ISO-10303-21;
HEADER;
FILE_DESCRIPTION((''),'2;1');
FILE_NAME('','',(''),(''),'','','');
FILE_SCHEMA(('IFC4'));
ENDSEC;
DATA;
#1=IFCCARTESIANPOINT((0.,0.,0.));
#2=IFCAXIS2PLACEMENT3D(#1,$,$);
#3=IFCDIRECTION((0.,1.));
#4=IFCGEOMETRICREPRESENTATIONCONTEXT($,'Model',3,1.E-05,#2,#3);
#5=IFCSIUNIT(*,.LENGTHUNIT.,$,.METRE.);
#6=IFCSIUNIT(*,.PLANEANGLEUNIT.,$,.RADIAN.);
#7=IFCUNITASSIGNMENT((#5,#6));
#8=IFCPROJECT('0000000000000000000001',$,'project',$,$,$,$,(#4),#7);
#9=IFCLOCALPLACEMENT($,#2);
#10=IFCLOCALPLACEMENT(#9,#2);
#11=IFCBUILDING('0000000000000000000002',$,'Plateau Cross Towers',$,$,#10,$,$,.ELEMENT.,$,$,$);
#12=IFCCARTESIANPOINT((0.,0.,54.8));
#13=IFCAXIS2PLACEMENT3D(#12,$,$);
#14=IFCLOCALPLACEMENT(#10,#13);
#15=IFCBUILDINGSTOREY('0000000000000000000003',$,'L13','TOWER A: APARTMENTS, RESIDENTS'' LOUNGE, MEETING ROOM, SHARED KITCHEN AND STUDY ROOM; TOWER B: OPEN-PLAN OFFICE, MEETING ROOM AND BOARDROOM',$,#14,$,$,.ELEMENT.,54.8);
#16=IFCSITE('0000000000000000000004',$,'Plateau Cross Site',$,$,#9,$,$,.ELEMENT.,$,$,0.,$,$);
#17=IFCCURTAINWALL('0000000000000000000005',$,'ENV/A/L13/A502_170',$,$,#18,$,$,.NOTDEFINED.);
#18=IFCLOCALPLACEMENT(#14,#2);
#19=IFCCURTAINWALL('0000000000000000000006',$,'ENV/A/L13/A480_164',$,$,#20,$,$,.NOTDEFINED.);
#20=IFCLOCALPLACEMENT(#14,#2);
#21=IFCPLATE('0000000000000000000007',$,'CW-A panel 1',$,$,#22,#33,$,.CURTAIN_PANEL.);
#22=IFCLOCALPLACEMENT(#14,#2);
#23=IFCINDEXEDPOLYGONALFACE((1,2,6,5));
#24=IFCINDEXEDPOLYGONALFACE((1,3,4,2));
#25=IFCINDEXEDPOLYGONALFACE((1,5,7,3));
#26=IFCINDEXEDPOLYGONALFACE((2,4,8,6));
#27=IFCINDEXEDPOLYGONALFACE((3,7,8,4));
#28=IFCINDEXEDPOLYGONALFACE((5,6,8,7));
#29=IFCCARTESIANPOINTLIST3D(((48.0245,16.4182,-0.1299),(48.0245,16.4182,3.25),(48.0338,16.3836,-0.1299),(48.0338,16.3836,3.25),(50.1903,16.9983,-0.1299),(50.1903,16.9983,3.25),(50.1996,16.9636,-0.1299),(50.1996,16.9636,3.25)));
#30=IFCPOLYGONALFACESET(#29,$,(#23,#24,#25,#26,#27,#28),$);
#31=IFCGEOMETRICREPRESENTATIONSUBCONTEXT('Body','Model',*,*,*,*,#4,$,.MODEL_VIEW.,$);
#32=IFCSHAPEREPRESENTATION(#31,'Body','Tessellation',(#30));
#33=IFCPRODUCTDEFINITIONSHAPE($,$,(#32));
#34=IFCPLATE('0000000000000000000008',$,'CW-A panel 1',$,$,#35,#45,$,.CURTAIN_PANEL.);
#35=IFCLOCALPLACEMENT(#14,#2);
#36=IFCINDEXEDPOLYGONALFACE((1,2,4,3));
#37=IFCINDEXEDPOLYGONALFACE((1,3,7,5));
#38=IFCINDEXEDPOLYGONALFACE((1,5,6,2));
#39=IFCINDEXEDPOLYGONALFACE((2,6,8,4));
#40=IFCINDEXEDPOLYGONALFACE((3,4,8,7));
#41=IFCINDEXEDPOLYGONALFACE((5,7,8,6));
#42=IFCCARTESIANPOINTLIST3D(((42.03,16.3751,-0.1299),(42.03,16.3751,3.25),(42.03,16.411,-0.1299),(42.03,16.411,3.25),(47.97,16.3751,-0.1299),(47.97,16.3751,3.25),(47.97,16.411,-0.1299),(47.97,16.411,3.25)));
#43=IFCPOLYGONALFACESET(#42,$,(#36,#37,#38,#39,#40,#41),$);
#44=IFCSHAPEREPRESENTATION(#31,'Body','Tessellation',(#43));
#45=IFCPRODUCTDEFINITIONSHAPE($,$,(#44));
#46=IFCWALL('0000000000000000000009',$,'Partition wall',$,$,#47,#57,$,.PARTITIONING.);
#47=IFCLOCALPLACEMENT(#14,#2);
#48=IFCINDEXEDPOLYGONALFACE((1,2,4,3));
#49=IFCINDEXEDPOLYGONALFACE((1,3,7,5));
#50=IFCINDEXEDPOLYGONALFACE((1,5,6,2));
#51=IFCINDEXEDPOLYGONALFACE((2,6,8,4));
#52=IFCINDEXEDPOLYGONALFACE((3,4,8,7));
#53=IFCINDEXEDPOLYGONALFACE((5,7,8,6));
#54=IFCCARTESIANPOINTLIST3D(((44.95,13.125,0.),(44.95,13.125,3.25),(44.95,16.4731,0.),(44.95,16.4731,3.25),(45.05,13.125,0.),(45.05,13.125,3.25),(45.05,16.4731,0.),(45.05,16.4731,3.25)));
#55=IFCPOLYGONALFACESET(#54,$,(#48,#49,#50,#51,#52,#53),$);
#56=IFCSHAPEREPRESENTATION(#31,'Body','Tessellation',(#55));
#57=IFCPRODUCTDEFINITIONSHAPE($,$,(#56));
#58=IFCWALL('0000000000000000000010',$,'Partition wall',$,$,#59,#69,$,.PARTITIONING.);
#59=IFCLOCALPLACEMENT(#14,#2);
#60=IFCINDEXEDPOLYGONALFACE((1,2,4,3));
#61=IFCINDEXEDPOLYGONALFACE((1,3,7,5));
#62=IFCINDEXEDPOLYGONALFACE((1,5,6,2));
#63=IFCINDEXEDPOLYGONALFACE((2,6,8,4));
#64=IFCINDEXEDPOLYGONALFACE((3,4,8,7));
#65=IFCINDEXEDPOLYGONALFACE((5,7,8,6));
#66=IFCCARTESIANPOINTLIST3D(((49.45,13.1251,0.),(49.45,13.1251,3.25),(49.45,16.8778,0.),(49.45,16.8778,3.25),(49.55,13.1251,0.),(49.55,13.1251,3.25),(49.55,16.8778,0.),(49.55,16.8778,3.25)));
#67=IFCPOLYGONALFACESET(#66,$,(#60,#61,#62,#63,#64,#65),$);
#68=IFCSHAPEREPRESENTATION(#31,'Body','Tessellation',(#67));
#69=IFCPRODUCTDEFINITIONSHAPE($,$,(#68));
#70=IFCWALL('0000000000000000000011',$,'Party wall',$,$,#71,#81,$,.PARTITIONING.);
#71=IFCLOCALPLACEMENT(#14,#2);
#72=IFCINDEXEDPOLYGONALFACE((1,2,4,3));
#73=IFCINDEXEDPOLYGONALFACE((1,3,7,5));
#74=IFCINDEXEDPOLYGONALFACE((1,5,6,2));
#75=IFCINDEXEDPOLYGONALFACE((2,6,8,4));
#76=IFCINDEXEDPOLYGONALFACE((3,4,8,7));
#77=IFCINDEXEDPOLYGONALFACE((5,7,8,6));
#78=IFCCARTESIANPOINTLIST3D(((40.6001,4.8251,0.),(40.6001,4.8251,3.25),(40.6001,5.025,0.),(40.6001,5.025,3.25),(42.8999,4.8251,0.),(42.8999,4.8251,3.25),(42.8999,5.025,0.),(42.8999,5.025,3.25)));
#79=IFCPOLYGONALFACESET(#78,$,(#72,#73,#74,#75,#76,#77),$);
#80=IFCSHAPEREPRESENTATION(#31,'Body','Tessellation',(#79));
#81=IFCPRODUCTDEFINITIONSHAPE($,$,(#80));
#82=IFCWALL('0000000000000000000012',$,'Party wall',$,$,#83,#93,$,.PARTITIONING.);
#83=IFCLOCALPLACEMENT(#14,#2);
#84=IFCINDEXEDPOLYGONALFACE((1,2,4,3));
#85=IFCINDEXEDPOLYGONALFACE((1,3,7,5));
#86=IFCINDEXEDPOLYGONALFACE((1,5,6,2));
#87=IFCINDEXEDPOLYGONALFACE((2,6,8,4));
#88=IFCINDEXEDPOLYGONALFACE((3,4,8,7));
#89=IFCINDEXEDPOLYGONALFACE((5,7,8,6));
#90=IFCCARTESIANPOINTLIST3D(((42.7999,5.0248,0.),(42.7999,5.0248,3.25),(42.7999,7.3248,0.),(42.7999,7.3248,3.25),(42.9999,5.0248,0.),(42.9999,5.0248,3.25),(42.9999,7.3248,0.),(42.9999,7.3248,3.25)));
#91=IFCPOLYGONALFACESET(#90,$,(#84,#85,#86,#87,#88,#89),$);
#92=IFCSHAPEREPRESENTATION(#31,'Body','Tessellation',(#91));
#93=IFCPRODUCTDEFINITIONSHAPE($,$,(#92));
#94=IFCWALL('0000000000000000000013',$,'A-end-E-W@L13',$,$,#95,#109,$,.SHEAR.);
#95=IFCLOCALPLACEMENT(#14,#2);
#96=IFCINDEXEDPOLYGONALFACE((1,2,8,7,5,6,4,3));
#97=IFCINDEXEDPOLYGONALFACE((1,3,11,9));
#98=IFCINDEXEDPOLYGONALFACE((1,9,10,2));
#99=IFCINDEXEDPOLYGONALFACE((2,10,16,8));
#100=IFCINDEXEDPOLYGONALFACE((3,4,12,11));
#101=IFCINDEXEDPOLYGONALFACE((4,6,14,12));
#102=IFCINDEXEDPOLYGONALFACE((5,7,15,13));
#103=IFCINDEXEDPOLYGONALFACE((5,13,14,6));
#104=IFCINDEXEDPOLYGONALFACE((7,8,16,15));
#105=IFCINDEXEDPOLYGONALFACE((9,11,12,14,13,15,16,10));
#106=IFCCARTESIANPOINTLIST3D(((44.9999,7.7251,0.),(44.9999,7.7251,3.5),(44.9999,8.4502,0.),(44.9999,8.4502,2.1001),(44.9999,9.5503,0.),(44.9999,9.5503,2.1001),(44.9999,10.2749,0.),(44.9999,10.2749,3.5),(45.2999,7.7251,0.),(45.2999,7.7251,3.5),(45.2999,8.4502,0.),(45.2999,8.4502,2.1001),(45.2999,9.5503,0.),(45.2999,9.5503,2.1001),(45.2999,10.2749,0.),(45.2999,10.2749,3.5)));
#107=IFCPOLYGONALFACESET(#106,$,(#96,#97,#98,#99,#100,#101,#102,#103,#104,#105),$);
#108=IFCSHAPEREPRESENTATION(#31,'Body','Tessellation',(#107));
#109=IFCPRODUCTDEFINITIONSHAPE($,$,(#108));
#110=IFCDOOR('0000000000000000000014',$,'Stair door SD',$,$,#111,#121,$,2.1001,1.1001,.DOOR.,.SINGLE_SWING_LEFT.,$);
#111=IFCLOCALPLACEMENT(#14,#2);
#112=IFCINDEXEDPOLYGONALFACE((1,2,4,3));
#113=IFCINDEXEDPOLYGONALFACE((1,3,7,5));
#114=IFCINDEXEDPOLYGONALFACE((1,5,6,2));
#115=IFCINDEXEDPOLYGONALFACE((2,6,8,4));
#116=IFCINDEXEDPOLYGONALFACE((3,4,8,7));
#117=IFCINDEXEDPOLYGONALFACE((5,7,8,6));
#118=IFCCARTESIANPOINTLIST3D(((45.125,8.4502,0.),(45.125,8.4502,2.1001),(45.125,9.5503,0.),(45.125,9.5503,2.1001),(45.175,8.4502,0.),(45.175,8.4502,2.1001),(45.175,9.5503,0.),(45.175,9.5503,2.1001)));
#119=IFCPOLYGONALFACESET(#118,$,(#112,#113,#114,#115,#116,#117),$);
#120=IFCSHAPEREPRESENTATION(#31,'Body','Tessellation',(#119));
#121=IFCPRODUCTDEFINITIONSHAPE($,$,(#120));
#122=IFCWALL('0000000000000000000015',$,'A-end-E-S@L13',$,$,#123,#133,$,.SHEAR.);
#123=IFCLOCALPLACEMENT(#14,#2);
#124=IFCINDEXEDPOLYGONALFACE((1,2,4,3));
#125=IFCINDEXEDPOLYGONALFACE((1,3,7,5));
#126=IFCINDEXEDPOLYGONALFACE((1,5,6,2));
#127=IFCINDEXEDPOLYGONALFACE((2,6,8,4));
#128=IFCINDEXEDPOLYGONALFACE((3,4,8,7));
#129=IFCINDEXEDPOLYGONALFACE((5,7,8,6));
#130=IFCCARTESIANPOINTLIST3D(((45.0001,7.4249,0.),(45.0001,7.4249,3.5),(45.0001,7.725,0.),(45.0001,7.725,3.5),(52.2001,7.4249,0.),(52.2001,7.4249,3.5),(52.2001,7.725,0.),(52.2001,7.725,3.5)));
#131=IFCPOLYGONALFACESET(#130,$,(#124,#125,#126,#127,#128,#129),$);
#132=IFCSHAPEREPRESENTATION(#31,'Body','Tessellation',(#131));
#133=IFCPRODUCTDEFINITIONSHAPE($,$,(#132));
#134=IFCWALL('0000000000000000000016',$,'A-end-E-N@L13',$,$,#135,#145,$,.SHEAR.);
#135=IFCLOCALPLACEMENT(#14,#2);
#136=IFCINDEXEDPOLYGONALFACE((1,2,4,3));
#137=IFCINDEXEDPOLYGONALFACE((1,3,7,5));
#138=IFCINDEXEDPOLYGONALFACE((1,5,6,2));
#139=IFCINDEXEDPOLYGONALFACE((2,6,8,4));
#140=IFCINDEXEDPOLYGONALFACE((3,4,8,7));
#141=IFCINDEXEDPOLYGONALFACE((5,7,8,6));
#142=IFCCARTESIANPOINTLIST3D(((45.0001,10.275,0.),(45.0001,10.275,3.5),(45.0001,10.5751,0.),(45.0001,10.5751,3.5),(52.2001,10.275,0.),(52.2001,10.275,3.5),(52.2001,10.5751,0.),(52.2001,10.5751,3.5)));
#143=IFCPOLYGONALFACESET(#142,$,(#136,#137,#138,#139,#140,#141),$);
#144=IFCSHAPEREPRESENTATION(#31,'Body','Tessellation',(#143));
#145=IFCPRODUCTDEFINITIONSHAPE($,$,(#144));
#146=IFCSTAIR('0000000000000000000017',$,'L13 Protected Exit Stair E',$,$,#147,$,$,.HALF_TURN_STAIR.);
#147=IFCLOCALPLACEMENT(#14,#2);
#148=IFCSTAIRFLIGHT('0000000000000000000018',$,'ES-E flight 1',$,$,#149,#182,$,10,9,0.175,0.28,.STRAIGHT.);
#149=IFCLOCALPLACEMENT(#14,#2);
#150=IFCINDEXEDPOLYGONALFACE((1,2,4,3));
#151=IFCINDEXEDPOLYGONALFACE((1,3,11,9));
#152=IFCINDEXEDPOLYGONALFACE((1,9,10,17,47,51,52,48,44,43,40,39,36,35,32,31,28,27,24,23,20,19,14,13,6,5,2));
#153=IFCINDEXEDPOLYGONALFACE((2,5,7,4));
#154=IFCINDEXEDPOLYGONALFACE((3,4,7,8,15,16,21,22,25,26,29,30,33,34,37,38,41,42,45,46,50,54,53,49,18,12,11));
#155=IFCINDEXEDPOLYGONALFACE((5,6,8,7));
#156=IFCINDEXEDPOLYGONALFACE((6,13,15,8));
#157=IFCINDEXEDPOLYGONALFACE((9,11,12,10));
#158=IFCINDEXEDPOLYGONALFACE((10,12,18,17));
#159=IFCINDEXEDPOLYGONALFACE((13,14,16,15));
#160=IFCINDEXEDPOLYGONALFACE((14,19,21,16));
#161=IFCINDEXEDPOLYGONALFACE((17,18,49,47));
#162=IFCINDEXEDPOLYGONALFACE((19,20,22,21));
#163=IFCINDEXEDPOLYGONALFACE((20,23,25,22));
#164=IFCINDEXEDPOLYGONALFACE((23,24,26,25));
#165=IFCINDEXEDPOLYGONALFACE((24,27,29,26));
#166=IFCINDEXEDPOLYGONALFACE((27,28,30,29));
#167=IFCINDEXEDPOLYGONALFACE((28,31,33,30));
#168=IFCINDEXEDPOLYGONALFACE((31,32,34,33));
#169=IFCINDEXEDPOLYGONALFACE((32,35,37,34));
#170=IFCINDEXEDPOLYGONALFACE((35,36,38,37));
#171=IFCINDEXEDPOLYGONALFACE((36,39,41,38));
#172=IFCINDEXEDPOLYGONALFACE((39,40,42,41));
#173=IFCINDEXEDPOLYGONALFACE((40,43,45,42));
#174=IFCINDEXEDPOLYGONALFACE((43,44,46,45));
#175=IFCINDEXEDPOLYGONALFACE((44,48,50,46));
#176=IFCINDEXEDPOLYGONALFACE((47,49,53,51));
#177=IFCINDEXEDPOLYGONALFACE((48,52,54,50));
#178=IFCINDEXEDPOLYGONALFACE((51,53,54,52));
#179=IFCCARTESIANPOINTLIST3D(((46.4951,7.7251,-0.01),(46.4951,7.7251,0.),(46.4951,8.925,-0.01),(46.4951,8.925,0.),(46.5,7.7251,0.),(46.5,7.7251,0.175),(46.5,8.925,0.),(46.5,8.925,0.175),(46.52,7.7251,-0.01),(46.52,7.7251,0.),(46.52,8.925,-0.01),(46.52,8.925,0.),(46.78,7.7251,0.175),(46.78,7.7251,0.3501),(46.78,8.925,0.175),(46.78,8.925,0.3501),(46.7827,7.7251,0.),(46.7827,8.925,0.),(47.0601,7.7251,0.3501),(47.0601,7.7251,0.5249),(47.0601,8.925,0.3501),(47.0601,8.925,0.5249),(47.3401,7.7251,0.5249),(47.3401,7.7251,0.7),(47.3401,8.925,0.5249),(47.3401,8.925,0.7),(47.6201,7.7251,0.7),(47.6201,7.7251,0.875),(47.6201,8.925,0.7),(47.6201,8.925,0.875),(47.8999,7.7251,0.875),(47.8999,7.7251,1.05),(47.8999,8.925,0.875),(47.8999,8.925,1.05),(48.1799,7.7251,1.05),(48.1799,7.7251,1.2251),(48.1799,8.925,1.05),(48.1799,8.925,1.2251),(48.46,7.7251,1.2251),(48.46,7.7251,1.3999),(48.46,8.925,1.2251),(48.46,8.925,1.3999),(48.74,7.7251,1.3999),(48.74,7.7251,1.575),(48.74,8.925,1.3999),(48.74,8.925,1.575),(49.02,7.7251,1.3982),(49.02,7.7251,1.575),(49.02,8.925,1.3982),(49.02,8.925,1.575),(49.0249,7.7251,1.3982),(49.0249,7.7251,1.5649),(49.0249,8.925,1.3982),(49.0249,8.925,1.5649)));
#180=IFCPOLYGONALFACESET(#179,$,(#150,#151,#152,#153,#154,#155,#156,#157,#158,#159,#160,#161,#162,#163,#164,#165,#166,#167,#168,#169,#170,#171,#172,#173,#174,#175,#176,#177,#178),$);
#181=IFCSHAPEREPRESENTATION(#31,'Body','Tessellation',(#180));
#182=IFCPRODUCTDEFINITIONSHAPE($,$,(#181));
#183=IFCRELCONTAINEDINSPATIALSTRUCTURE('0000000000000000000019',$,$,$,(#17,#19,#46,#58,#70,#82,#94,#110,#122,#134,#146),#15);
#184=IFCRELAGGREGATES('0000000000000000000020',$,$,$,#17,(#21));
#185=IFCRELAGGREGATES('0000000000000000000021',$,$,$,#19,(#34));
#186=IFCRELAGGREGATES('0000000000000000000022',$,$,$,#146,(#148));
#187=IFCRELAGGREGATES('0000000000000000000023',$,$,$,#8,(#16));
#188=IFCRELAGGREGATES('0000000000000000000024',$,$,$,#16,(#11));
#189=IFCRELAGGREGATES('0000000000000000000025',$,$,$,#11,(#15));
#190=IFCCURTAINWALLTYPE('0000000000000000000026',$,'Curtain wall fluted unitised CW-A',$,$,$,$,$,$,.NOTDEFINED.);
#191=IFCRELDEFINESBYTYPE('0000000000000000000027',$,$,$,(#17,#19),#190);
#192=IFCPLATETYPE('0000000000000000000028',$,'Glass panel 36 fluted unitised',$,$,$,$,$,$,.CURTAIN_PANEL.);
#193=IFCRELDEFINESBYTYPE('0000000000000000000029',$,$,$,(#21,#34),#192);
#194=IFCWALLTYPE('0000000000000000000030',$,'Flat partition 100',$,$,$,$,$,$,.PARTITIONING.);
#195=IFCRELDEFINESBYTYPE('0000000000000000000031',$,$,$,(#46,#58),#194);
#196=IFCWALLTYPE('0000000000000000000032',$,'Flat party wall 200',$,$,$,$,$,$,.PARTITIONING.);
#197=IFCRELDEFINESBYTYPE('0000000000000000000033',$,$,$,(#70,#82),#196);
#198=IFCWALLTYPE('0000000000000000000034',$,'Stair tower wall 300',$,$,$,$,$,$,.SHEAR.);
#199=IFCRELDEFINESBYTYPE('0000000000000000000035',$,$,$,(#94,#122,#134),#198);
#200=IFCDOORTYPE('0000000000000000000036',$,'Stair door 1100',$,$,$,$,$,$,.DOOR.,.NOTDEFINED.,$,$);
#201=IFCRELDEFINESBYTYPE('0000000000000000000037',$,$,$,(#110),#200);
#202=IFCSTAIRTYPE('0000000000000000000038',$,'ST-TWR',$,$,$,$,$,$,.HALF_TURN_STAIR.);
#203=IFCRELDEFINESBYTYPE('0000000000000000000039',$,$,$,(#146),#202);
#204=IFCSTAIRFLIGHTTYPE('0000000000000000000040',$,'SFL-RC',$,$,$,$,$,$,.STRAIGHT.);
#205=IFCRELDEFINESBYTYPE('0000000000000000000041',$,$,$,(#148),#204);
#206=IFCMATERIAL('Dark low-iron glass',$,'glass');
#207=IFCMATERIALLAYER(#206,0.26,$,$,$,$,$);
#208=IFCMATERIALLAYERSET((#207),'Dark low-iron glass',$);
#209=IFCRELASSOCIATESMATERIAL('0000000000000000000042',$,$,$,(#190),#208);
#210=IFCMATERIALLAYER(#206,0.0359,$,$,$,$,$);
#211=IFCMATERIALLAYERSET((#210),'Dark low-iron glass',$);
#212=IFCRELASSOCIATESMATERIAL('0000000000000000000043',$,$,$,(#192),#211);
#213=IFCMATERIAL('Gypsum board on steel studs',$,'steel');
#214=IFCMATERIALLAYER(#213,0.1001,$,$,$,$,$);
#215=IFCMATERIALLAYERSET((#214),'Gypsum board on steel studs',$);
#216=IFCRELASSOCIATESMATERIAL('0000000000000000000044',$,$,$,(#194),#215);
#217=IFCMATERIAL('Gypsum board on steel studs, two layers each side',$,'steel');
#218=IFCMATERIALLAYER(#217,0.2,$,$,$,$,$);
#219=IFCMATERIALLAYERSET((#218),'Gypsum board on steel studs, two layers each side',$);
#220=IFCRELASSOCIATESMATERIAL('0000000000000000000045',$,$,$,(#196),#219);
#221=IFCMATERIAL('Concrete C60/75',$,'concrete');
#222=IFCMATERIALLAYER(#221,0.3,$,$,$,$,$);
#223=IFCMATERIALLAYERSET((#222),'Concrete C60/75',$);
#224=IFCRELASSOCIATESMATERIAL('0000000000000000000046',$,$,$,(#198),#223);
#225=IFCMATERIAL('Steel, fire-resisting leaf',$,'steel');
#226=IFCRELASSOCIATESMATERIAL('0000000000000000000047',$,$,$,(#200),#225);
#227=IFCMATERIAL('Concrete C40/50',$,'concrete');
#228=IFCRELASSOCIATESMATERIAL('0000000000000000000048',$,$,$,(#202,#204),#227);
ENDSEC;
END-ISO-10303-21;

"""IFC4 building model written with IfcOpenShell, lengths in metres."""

from ifc_helpers import new_model, si_unit, direction, frame, frame_2d, origin, origin_2d, place, context, subcontext, project, spatial, polyline, rectangle, outline, extrude, material, layer, layer_set, type_object, element, fill, aggregate, save


model = new_model("IFC4")

# Units and contexts
model_context = context("Model", 3, precision=1e-05, world=origin(), true_north=direction((0.0, 1.0)))
body_context = subcontext(model_context, "Body", "Model", "MODEL_VIEW")
ifc_project = project(units=[si_unit("LENGTHUNIT", "METRE"), si_unit("PLANEANGLEUNIT", "RADIAN")], contexts=[model_context])

# Site, building, storey
site_placement = place(None, origin())
site = spatial("IfcSite", under=ifc_project, at=site_placement, Name="Plateau Cross Site", CompositionType="ELEMENT", RefElevation=0.0)
building_placement = place(site_placement, origin())
building = spatial("IfcBuilding", under=site, at=building_placement, Name="Plateau Cross Towers", CompositionType="ELEMENT")
storey_placement = place(building_placement, frame((0.0, 0.0, 54.8)))
storey = spatial("IfcBuildingStorey", under=building, at=storey_placement, Name="L13", Description="TOWER A: APARTMENTS, RESIDENTS' LOUNGE, MEETING ROOM, SHARED KITCHEN AND STUDY ROOM; TOWER B: OPEN-PLAN OFFICE, MEETING ROOM AND BOARDROOM", CompositionType="ELEMENT", Elevation=54.8)

# Curtain walls
ifc_material_1 = material(Name="Dark low-iron glass", Category="glass")
ifc_layer_1 = layer(ifc_material_1, 0.26)
ifc_layer_set_1 = layer_set([ifc_layer_1], Name="Dark low-iron glass")
curtain_wall_type_1 = type_object("IfcCurtainWallType", Name="Curtain wall fluted unitised CW-A", PredefinedType="NOTDEFINED", material=ifc_layer_set_1)
curtain_wall_1_placement = place(storey_placement, origin())
curtain_wall_1 = element("IfcCurtainWall", 1, at=curtain_wall_1_placement, inside=storey, type_object=curtain_wall_type_1, Name="ENV/A/L13/A502_170", PredefinedType="NOTDEFINED")
curtain_wall_2_placement = place(storey_placement, origin())
curtain_wall_2 = element("IfcCurtainWall", 2, at=curtain_wall_2_placement, inside=storey, type_object=curtain_wall_type_1, Name="ENV/A/L13/A480_164", PredefinedType="NOTDEFINED")

# Plates
ifc_layer_2 = layer(ifc_material_1, 0.0359)
ifc_layer_set_2 = layer_set([ifc_layer_2], Name="Dark low-iron glass")
plate_type = type_object("IfcPlateType", Name="Glass panel 36 fluted unitised", PredefinedType="CURTAIN_PANEL", material=ifc_layer_set_2)
plate_1_placement = place(storey_placement, frame((49.1121, 16.6909, -0.1299), z_axis=(0.0, 0.0, 1.0), x_axis=(-0.965958, -0.258699, 0.0)))
plate_1 = element("IfcPlate", 3, at=plate_1_placement, type_object=plate_type, Name="CW-A panel 1", PredefinedType="CURTAIN_PANEL", context=body_context, shape_type="SweptSolid", body=[
    extrude(rectangle(XDim=2.2422, YDim=0.0359, at=origin_2d()), origin(), (0.0, 0.0, 1.0), 3.3799),
])
aggregate(curtain_wall_1, [plate_1])
plate_2_placement = place(storey_placement, frame((45.0, 16.3931, -0.1299), z_axis=(0.0, 0.0, 1.0), x_axis=(-1.0, 0.0, 0.0)))
plate_2 = element("IfcPlate", 4, at=plate_2_placement, type_object=plate_type, Name="CW-A panel 1", PredefinedType="CURTAIN_PANEL", context=body_context, shape_type="SweptSolid", body=[
    extrude(rectangle(XDim=5.9399, YDim=0.0359, at=origin_2d()), origin(), (0.0, 0.0, 1.0), 3.3799),
])
aggregate(curtain_wall_2, [plate_2])

# Walls
ifc_material_2 = material(Name="Gypsum board on steel studs", Category="steel")
ifc_layer_3 = layer(ifc_material_2, 0.1001)
ifc_layer_set_3 = layer_set([ifc_layer_3], Name="Gypsum board on steel studs")
wall_type_1 = type_object("IfcWallType", Name="Flat partition 100", PredefinedType="PARTITIONING", material=ifc_layer_set_3)
wall_1_placement = place(storey_placement, frame((45.0, 13.125, 0.0), z_axis=(0.0, 0.0, 1.0), x_axis=(0.0, 1.0, 0.0)))
element("IfcWall", 5, at=wall_1_placement, inside=storey, type_object=wall_type_1, Name="Partition wall", PredefinedType="PARTITIONING", context=body_context, shape_type="SweptSolid", body=[
    extrude(rectangle(XDim=3.3481, YDim=0.1001, at=frame_2d((1.6741, 0.0))), origin(), (0.0, 0.0, 1.0), 3.25),
])
wall_2_placement = place(storey_placement, frame((49.5, 13.125, 0.0), z_axis=(0.0, 0.0, 1.0), x_axis=(0.0, 1.0, 0.0)))
element("IfcWall", 6, at=wall_2_placement, inside=storey, type_object=wall_type_1, Name="Partition wall", PredefinedType="PARTITIONING", context=body_context, shape_type="SweptSolid", body=[
    extrude(rectangle(XDim=3.7527, YDim=0.1001, at=frame_2d((1.8765, 0.0))), origin(), (0.0, 0.0, 1.0), 3.25),
])
ifc_material_3 = material(Name="Gypsum board on steel studs, two layers each side", Category="steel")
ifc_layer_4 = layer(ifc_material_3, 0.2)
ifc_layer_set_4 = layer_set([ifc_layer_4], Name="Gypsum board on steel studs, two layers each side")
wall_type_2 = type_object("IfcWallType", Name="Flat party wall 200", PredefinedType="PARTITIONING", material=ifc_layer_set_4)
wall_3_placement = place(storey_placement, frame((40.6001, 4.925, 0.0), z_axis=(0.0, 0.0, 1.0), x_axis=(1.0, 0.0, 0.0)))
element("IfcWall", 7, at=wall_3_placement, inside=storey, type_object=wall_type_2, Name="Party wall", PredefinedType="PARTITIONING", context=body_context, shape_type="SweptSolid", body=[
    extrude(rectangle(XDim=2.2998, YDim=0.2, at=frame_2d((1.1499, 0.0))), origin(), (0.0, 0.0, 1.0), 3.25),
])
wall_4_placement = place(storey_placement, frame((42.8999, 5.0249, 0.0), z_axis=(0.0, 0.0, 1.0), x_axis=(0.0, 1.0, 0.0)))
element("IfcWall", 8, at=wall_4_placement, inside=storey, type_object=wall_type_2, Name="Party wall", PredefinedType="PARTITIONING", context=body_context, shape_type="SweptSolid", body=[
    extrude(rectangle(XDim=2.3, YDim=0.2, at=frame_2d((1.1499, 0.0))), origin(), (0.0, 0.0, 1.0), 3.25),
])

# Wall, opening, door
ifc_material_4 = material(Name="Concrete C60/75", Category="concrete")
ifc_layer_5 = layer(ifc_material_4, 0.3)
ifc_layer_set_5 = layer_set([ifc_layer_5], Name="Concrete C60/75")
wall_type_3 = type_object("IfcWallType", Name="Stair tower wall 300", PredefinedType="SHEAR", material=ifc_layer_set_5)
wall_5_placement = place(storey_placement, frame((45.1499, 7.7251, 0.0), z_axis=(0.0, 0.0, 1.0), x_axis=(0.0, 1.0, 0.0)))
wall_5 = element("IfcWall", 9, at=wall_5_placement, inside=storey, type_object=wall_type_3, Name="A-end-E-W@L13", PredefinedType="SHEAR", context=body_context, shape_type="SweptSolid", body=[
    extrude(rectangle(XDim=2.5498, YDim=0.3, at=frame_2d((1.2749, 0.0))), origin(), (0.0, 0.0, 1.0), 3.5),
])
opening_placement = place(wall_5_placement, frame((0.7251, 0.0, 0.0)))
opening = element("IfcOpeningElement", 10, at=opening_placement, cuts=wall_5, PredefinedType="OPENING", context=body_context, shape_type="SweptSolid", body=[
    extrude(rectangle(XDim=1.1001, YDim=2.1001, at=frame_2d((0.55, 1.05))), frame((0.0, 0.1599, 0.0), z_axis=(0.0, -1.0, 0.0), x_axis=(1.0, 0.0, 0.0)), (0.0, 0.0, 1.0), 0.3201),
])
ifc_material_5 = material(Name="Steel, fire-resisting leaf", Category="steel")
door_type = type_object("IfcDoorType", Name="Stair door 1100", OperationType="NOTDEFINED", PredefinedType="DOOR", material=ifc_material_5)
door_placement = place(opening_placement, origin())
door = element("IfcDoor", 11, at=door_placement, inside=storey, type_object=door_type, Name="Stair door SD", OperationType="SINGLE_SWING_LEFT", OverallHeight=2.1001, OverallWidth=1.1001, PredefinedType="DOOR", context=body_context, shape_type="SweptSolid", body=[
    extrude(rectangle(XDim=1.1001, YDim=2.1001, at=frame_2d((0.55, 1.05))), frame((0.0, 0.0249, 0.0), z_axis=(0.0, -1.0, 0.0), x_axis=(1.0, 0.0, 0.0)), (0.0, 0.0, 1.0), 0.05),
])
fill(opening, door)

# Walls
for number, where, z_axis, x_axis, name in (
    (12, (45.0, 7.575, 0.0), (0.0, 0.0, 1.0), (1.0, 0.0, 0.0), "A-end-E-S@L13"),
    (13, (45.0, 10.425, 0.0), (0.0, 0.0, 1.0), (1.0, 0.0, 0.0), "A-end-E-N@L13"),
):
    element("IfcWall", number, at=place(storey_placement, frame(where, z_axis=z_axis, x_axis=x_axis)), inside=storey, type_object=wall_type_3, Name=name, PredefinedType="SHEAR", context=body_context, shape_type="SweptSolid", body=[
        extrude(rectangle(XDim=7.2, YDim=0.3, at=frame_2d((3.6001, 0.0))), origin(), (0.0, 0.0, 1.0), 3.5),
    ])

# Stair, stair flight
ifc_material_6 = material(Name="Concrete C40/50", Category="concrete")
stair_type = type_object("IfcStairType", Name="ST-TWR", PredefinedType="HALF_TURN_STAIR", material=ifc_material_6)
stair_placement = place(storey_placement, origin())
stair = element("IfcStair", 14, at=stair_placement, inside=storey, type_object=stair_type, Name="L13 Protected Exit Stair E", PredefinedType="HALF_TURN_STAIR")
stair_flight_type = type_object("IfcStairFlightType", Name="SFL-RC", PredefinedType="STRAIGHT", material=ifc_material_6)
stair_flight_1_placement = place(storey_placement, frame((46.5, 8.325, 0.0), z_axis=(0.0, 0.0, 1.0), x_axis=(1.0, 0.0, 0.0)))
stair_flight_1 = element("IfcStairFlight", 15, at=stair_flight_1_placement, type_object=stair_flight_type, Name="ES-E flight 1", NumberOfRisers=10, NumberOfTreads=9, PredefinedType="STRAIGHT", RiserHeight=0.175, TreadLength=0.28, context=body_context, shape_type="SweptSolid", body=[
    extrude(outline(polyline([(-0.0049, -0.01), (-0.0049, 0.0), (0.0, 0.0), (0.0, 0.175), (0.28, 0.175), (0.28, 0.3501), (0.5601, 0.3501), (0.5601, 0.5249), (0.8401, 0.5249), (0.8401, 0.7), (1.1201, 0.7), (1.1201, 0.875), (1.3999, 0.875), (1.3999, 1.05), (1.6799, 1.05), (1.6799, 1.2251), (1.96, 1.2251), (1.96, 1.3999), (2.24, 1.3999), (2.24, 1.575), (2.52, 1.575), (2.5249, 1.5649), (2.5249, 1.3982), (2.52, 1.3982), (0.2827, 0.0), (0.02, 0.0), (0.02, -0.01), (-0.0049, -0.01)])), frame((0.0, 0.6001, 0.0), z_axis=(0.0, -1.0, 0.0), x_axis=(1.0, 0.0, 0.0)), (0.0, 0.0, 1.0), 1.2),
])
aggregate(stair, [stair_flight_1])

save(model, "model.ifc")
